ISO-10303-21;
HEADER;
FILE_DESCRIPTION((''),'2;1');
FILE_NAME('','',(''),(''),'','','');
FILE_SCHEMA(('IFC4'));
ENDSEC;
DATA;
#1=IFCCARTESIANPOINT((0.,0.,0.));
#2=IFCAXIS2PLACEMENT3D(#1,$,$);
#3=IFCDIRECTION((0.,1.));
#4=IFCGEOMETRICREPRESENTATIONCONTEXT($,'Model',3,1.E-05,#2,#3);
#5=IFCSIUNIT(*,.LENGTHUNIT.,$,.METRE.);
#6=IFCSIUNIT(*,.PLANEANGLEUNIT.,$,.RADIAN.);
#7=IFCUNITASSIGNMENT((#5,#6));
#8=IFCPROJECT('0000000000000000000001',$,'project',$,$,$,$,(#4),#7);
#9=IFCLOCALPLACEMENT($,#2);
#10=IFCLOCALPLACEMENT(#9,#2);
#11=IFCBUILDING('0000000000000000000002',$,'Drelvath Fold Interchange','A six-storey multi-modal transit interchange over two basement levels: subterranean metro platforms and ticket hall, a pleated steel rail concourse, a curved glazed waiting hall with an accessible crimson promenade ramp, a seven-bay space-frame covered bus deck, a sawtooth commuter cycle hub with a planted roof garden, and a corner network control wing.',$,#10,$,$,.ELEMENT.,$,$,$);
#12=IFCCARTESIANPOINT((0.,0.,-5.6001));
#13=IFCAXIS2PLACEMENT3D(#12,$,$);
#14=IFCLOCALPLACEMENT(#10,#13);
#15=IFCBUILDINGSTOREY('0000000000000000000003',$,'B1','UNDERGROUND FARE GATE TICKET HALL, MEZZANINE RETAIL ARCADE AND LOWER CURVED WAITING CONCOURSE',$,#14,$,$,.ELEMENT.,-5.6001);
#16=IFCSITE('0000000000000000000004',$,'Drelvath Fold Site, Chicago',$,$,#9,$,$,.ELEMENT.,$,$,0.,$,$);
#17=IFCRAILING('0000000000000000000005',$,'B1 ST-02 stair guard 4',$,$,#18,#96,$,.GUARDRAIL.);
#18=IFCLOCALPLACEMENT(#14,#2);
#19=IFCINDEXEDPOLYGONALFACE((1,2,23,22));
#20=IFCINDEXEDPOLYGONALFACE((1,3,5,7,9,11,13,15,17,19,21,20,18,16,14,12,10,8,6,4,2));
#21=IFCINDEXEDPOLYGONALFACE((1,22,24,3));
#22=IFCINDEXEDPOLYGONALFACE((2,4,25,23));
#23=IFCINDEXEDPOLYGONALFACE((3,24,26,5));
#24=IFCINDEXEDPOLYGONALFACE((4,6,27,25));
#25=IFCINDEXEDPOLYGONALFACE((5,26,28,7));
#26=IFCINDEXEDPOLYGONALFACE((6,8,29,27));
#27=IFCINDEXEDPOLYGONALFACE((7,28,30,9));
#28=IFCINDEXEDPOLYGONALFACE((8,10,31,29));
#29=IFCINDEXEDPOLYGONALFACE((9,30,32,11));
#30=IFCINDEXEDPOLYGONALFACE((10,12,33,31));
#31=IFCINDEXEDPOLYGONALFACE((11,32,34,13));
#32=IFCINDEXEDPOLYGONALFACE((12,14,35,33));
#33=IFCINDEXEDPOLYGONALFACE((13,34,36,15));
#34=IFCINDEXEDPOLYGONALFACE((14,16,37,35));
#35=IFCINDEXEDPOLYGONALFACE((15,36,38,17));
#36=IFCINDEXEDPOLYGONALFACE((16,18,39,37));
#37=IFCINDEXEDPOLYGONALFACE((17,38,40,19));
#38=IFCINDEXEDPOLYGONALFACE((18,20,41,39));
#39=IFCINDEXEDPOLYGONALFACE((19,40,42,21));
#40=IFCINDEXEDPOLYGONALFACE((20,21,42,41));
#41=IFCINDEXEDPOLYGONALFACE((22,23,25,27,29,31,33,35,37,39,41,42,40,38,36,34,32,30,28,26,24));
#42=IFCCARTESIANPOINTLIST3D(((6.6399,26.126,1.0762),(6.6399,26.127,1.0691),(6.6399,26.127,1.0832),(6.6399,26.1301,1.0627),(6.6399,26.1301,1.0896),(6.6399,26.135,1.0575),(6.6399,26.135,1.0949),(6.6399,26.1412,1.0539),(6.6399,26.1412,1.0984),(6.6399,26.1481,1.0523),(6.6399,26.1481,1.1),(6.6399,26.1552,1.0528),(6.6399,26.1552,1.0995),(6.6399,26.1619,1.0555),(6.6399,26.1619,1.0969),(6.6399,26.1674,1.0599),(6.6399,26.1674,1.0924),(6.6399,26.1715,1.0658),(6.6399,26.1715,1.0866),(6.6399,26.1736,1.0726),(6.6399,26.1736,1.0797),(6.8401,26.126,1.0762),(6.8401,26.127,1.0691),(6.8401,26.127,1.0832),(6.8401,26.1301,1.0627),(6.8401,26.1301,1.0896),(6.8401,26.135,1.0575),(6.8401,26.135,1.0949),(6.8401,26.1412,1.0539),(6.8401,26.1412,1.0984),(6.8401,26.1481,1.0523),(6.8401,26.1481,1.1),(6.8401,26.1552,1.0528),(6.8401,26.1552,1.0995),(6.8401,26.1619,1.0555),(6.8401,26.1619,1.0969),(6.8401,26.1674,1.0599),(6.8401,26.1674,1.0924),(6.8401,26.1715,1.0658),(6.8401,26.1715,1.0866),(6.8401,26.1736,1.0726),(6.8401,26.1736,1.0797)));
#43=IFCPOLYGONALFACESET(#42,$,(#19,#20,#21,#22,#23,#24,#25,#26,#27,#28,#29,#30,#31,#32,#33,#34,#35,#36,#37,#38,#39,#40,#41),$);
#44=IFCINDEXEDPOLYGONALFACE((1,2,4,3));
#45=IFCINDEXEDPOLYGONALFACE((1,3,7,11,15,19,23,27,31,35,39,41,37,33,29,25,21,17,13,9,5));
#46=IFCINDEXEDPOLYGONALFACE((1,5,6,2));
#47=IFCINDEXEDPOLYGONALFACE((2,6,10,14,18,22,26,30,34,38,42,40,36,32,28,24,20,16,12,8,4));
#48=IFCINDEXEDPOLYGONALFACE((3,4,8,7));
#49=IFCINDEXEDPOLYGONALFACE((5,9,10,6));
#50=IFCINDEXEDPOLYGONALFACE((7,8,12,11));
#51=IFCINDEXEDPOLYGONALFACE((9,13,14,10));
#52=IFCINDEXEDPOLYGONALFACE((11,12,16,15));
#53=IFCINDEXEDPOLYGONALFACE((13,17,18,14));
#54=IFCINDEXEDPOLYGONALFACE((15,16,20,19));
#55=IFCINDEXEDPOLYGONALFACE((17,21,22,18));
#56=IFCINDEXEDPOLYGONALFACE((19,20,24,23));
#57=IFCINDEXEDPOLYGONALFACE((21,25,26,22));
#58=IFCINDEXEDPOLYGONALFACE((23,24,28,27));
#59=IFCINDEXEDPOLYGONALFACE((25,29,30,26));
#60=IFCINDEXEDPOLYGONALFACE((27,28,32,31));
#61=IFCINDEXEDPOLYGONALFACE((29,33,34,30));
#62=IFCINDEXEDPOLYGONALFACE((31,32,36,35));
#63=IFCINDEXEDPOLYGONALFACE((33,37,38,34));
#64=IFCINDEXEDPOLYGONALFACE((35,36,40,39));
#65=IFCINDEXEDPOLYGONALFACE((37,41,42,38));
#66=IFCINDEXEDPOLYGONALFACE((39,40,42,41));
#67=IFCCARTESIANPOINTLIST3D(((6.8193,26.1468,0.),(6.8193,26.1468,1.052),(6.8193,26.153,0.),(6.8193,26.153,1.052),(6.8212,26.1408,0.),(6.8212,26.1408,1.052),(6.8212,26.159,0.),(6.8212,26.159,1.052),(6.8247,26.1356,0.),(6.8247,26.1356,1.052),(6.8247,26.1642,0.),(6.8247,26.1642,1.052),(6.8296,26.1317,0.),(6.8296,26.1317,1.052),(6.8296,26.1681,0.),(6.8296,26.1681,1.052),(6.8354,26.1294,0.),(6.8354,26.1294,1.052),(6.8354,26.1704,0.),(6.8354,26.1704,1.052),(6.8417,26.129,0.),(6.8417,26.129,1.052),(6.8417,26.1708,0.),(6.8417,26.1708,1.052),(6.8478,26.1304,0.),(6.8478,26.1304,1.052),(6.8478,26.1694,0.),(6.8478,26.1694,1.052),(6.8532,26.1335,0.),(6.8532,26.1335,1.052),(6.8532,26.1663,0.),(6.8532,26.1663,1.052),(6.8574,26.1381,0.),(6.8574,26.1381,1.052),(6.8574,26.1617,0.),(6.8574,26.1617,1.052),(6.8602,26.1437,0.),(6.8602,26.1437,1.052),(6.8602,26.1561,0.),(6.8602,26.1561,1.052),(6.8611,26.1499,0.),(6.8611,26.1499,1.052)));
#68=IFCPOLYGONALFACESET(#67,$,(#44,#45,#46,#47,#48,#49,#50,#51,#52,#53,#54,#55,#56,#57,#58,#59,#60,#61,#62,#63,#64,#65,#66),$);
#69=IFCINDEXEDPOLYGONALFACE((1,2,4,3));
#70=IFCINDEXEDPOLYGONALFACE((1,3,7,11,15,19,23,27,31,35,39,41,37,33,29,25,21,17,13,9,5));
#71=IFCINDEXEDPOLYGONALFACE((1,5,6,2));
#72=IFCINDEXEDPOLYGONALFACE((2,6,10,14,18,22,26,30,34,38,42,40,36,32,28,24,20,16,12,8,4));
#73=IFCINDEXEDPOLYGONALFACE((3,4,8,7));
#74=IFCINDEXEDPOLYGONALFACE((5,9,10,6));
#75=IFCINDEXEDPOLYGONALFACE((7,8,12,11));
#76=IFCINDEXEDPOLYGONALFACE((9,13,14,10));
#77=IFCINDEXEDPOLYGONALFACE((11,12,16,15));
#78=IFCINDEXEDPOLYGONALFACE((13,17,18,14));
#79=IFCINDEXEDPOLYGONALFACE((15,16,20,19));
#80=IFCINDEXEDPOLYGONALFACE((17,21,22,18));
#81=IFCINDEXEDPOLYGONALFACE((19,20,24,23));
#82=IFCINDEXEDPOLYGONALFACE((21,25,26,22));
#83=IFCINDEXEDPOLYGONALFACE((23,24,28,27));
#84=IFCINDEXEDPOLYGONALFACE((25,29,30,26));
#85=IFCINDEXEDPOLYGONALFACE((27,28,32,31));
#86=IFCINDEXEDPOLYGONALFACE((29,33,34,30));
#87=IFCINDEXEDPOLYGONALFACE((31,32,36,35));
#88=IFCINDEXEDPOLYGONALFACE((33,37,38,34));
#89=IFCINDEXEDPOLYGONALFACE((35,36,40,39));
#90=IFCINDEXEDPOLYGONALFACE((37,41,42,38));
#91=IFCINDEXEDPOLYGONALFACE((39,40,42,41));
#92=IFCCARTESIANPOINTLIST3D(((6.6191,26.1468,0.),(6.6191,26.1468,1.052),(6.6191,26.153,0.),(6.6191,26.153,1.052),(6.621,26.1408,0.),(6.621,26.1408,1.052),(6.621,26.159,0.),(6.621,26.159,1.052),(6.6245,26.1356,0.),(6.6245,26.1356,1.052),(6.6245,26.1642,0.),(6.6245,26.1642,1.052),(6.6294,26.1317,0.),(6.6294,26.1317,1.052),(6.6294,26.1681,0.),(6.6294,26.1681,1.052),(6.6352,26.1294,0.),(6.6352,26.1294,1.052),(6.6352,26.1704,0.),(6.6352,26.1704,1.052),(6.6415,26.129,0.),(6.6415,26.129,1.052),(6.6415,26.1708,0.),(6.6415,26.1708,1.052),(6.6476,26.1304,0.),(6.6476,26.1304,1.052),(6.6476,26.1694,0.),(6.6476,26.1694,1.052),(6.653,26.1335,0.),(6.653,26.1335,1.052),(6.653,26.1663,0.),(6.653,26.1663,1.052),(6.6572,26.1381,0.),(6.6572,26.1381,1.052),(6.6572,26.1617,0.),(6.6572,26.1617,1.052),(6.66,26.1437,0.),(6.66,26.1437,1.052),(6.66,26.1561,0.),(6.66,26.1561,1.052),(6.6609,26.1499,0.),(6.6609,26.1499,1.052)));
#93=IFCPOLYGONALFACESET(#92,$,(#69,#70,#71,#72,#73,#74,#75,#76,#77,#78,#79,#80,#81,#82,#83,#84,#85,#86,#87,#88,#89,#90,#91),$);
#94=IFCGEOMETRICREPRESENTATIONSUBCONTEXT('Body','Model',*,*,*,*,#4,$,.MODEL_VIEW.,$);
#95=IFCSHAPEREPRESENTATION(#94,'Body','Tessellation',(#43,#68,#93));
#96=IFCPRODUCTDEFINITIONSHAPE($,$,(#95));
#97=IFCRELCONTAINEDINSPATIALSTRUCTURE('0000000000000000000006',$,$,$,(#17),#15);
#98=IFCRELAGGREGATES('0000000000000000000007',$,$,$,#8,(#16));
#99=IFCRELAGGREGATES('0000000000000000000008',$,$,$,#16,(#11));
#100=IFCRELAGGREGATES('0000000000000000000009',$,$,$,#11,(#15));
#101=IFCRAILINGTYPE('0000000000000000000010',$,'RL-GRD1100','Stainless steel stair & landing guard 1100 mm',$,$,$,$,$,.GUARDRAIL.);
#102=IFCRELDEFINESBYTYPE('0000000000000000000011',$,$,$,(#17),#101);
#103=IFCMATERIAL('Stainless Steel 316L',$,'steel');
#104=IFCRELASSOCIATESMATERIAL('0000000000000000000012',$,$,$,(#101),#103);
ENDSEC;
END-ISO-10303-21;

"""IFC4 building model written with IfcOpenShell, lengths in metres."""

from ifc_helpers import new_model, si_unit, direction, frame, origin, origin_2d, place, context, subcontext, project, spatial, circle, extrude, material, type_object, element, save


model = new_model("IFC4")

# Units and contexts
model_context = context("Model", 3, precision=1e-05, world=origin(), true_north=direction((0.0, 1.0)))
body_context = subcontext(model_context, "Body", "Model", "MODEL_VIEW")
ifc_project = project(units=[si_unit("LENGTHUNIT", "METRE"), si_unit("PLANEANGLEUNIT", "RADIAN")], contexts=[model_context])

# Site, building, storey
site_placement = place(None, origin())
site = spatial("IfcSite", under=ifc_project, at=site_placement, Name="Drelvath Fold Site, Chicago", CompositionType="ELEMENT", RefElevation=0.0)
building_placement = place(site_placement, origin())
building = spatial("IfcBuilding", under=site, at=building_placement, Name="Drelvath Fold Interchange", Description="A six-storey multi-modal transit interchange over two basement levels: subterranean metro platforms and ticket hall, a pleated steel rail concourse, a curved glazed waiting hall with an accessible crimson promenade ramp, a seven-bay space-frame covered bus deck, a sawtooth commuter cycle hub with a planted roof garden, and a corner network control wing.", CompositionType="ELEMENT")
storey_placement = place(building_placement, frame((0.0, 0.0, -5.6001)))
storey = spatial("IfcBuildingStorey", under=building, at=storey_placement, Name="B1", Description="UNDERGROUND FARE GATE TICKET HALL, MEZZANINE RETAIL ARCADE AND LOWER CURVED WAITING CONCOURSE", CompositionType="ELEMENT", Elevation=-5.6001)

# Railing
ifc_material_1 = material(Name="Stainless Steel 316L", Category="steel")
railing_type_1 = type_object("IfcRailingType", Name="RL-GRD1100", Description="Stainless steel stair & landing guard 1100 mm", PredefinedType="GUARDRAIL", material=ifc_material_1)
railing_1_placement = place(storey_placement, frame((6.8401, 26.1499, 0.0)))
element("IfcRailing", 1, at=railing_1_placement, inside=storey, type_object=railing_type_1, Name="B1 ST-02 stair guard 4", PredefinedType="GUARDRAIL", context=body_context, shape_type="SweptSolid", body=[
    extrude(circle(Radius=0.0239, at=origin_2d()), frame((0.0, 0.0, 1.0762), z_axis=(-1.0, 0.0, 0.0), x_axis=(0.0, -1.0, 0.0)), (0.0, 0.0, 1.0), 0.2002),
    extrude(circle(Radius=0.021, at=origin_2d()), origin(), (0.0, 0.0, 1.0), 1.052),
    extrude(circle(Radius=0.021, at=origin_2d()), frame((-0.2002, 0.0, 0.0)), (0.0, 0.0, 1.0), 1.052),
])

save(model, "model.ifc")
